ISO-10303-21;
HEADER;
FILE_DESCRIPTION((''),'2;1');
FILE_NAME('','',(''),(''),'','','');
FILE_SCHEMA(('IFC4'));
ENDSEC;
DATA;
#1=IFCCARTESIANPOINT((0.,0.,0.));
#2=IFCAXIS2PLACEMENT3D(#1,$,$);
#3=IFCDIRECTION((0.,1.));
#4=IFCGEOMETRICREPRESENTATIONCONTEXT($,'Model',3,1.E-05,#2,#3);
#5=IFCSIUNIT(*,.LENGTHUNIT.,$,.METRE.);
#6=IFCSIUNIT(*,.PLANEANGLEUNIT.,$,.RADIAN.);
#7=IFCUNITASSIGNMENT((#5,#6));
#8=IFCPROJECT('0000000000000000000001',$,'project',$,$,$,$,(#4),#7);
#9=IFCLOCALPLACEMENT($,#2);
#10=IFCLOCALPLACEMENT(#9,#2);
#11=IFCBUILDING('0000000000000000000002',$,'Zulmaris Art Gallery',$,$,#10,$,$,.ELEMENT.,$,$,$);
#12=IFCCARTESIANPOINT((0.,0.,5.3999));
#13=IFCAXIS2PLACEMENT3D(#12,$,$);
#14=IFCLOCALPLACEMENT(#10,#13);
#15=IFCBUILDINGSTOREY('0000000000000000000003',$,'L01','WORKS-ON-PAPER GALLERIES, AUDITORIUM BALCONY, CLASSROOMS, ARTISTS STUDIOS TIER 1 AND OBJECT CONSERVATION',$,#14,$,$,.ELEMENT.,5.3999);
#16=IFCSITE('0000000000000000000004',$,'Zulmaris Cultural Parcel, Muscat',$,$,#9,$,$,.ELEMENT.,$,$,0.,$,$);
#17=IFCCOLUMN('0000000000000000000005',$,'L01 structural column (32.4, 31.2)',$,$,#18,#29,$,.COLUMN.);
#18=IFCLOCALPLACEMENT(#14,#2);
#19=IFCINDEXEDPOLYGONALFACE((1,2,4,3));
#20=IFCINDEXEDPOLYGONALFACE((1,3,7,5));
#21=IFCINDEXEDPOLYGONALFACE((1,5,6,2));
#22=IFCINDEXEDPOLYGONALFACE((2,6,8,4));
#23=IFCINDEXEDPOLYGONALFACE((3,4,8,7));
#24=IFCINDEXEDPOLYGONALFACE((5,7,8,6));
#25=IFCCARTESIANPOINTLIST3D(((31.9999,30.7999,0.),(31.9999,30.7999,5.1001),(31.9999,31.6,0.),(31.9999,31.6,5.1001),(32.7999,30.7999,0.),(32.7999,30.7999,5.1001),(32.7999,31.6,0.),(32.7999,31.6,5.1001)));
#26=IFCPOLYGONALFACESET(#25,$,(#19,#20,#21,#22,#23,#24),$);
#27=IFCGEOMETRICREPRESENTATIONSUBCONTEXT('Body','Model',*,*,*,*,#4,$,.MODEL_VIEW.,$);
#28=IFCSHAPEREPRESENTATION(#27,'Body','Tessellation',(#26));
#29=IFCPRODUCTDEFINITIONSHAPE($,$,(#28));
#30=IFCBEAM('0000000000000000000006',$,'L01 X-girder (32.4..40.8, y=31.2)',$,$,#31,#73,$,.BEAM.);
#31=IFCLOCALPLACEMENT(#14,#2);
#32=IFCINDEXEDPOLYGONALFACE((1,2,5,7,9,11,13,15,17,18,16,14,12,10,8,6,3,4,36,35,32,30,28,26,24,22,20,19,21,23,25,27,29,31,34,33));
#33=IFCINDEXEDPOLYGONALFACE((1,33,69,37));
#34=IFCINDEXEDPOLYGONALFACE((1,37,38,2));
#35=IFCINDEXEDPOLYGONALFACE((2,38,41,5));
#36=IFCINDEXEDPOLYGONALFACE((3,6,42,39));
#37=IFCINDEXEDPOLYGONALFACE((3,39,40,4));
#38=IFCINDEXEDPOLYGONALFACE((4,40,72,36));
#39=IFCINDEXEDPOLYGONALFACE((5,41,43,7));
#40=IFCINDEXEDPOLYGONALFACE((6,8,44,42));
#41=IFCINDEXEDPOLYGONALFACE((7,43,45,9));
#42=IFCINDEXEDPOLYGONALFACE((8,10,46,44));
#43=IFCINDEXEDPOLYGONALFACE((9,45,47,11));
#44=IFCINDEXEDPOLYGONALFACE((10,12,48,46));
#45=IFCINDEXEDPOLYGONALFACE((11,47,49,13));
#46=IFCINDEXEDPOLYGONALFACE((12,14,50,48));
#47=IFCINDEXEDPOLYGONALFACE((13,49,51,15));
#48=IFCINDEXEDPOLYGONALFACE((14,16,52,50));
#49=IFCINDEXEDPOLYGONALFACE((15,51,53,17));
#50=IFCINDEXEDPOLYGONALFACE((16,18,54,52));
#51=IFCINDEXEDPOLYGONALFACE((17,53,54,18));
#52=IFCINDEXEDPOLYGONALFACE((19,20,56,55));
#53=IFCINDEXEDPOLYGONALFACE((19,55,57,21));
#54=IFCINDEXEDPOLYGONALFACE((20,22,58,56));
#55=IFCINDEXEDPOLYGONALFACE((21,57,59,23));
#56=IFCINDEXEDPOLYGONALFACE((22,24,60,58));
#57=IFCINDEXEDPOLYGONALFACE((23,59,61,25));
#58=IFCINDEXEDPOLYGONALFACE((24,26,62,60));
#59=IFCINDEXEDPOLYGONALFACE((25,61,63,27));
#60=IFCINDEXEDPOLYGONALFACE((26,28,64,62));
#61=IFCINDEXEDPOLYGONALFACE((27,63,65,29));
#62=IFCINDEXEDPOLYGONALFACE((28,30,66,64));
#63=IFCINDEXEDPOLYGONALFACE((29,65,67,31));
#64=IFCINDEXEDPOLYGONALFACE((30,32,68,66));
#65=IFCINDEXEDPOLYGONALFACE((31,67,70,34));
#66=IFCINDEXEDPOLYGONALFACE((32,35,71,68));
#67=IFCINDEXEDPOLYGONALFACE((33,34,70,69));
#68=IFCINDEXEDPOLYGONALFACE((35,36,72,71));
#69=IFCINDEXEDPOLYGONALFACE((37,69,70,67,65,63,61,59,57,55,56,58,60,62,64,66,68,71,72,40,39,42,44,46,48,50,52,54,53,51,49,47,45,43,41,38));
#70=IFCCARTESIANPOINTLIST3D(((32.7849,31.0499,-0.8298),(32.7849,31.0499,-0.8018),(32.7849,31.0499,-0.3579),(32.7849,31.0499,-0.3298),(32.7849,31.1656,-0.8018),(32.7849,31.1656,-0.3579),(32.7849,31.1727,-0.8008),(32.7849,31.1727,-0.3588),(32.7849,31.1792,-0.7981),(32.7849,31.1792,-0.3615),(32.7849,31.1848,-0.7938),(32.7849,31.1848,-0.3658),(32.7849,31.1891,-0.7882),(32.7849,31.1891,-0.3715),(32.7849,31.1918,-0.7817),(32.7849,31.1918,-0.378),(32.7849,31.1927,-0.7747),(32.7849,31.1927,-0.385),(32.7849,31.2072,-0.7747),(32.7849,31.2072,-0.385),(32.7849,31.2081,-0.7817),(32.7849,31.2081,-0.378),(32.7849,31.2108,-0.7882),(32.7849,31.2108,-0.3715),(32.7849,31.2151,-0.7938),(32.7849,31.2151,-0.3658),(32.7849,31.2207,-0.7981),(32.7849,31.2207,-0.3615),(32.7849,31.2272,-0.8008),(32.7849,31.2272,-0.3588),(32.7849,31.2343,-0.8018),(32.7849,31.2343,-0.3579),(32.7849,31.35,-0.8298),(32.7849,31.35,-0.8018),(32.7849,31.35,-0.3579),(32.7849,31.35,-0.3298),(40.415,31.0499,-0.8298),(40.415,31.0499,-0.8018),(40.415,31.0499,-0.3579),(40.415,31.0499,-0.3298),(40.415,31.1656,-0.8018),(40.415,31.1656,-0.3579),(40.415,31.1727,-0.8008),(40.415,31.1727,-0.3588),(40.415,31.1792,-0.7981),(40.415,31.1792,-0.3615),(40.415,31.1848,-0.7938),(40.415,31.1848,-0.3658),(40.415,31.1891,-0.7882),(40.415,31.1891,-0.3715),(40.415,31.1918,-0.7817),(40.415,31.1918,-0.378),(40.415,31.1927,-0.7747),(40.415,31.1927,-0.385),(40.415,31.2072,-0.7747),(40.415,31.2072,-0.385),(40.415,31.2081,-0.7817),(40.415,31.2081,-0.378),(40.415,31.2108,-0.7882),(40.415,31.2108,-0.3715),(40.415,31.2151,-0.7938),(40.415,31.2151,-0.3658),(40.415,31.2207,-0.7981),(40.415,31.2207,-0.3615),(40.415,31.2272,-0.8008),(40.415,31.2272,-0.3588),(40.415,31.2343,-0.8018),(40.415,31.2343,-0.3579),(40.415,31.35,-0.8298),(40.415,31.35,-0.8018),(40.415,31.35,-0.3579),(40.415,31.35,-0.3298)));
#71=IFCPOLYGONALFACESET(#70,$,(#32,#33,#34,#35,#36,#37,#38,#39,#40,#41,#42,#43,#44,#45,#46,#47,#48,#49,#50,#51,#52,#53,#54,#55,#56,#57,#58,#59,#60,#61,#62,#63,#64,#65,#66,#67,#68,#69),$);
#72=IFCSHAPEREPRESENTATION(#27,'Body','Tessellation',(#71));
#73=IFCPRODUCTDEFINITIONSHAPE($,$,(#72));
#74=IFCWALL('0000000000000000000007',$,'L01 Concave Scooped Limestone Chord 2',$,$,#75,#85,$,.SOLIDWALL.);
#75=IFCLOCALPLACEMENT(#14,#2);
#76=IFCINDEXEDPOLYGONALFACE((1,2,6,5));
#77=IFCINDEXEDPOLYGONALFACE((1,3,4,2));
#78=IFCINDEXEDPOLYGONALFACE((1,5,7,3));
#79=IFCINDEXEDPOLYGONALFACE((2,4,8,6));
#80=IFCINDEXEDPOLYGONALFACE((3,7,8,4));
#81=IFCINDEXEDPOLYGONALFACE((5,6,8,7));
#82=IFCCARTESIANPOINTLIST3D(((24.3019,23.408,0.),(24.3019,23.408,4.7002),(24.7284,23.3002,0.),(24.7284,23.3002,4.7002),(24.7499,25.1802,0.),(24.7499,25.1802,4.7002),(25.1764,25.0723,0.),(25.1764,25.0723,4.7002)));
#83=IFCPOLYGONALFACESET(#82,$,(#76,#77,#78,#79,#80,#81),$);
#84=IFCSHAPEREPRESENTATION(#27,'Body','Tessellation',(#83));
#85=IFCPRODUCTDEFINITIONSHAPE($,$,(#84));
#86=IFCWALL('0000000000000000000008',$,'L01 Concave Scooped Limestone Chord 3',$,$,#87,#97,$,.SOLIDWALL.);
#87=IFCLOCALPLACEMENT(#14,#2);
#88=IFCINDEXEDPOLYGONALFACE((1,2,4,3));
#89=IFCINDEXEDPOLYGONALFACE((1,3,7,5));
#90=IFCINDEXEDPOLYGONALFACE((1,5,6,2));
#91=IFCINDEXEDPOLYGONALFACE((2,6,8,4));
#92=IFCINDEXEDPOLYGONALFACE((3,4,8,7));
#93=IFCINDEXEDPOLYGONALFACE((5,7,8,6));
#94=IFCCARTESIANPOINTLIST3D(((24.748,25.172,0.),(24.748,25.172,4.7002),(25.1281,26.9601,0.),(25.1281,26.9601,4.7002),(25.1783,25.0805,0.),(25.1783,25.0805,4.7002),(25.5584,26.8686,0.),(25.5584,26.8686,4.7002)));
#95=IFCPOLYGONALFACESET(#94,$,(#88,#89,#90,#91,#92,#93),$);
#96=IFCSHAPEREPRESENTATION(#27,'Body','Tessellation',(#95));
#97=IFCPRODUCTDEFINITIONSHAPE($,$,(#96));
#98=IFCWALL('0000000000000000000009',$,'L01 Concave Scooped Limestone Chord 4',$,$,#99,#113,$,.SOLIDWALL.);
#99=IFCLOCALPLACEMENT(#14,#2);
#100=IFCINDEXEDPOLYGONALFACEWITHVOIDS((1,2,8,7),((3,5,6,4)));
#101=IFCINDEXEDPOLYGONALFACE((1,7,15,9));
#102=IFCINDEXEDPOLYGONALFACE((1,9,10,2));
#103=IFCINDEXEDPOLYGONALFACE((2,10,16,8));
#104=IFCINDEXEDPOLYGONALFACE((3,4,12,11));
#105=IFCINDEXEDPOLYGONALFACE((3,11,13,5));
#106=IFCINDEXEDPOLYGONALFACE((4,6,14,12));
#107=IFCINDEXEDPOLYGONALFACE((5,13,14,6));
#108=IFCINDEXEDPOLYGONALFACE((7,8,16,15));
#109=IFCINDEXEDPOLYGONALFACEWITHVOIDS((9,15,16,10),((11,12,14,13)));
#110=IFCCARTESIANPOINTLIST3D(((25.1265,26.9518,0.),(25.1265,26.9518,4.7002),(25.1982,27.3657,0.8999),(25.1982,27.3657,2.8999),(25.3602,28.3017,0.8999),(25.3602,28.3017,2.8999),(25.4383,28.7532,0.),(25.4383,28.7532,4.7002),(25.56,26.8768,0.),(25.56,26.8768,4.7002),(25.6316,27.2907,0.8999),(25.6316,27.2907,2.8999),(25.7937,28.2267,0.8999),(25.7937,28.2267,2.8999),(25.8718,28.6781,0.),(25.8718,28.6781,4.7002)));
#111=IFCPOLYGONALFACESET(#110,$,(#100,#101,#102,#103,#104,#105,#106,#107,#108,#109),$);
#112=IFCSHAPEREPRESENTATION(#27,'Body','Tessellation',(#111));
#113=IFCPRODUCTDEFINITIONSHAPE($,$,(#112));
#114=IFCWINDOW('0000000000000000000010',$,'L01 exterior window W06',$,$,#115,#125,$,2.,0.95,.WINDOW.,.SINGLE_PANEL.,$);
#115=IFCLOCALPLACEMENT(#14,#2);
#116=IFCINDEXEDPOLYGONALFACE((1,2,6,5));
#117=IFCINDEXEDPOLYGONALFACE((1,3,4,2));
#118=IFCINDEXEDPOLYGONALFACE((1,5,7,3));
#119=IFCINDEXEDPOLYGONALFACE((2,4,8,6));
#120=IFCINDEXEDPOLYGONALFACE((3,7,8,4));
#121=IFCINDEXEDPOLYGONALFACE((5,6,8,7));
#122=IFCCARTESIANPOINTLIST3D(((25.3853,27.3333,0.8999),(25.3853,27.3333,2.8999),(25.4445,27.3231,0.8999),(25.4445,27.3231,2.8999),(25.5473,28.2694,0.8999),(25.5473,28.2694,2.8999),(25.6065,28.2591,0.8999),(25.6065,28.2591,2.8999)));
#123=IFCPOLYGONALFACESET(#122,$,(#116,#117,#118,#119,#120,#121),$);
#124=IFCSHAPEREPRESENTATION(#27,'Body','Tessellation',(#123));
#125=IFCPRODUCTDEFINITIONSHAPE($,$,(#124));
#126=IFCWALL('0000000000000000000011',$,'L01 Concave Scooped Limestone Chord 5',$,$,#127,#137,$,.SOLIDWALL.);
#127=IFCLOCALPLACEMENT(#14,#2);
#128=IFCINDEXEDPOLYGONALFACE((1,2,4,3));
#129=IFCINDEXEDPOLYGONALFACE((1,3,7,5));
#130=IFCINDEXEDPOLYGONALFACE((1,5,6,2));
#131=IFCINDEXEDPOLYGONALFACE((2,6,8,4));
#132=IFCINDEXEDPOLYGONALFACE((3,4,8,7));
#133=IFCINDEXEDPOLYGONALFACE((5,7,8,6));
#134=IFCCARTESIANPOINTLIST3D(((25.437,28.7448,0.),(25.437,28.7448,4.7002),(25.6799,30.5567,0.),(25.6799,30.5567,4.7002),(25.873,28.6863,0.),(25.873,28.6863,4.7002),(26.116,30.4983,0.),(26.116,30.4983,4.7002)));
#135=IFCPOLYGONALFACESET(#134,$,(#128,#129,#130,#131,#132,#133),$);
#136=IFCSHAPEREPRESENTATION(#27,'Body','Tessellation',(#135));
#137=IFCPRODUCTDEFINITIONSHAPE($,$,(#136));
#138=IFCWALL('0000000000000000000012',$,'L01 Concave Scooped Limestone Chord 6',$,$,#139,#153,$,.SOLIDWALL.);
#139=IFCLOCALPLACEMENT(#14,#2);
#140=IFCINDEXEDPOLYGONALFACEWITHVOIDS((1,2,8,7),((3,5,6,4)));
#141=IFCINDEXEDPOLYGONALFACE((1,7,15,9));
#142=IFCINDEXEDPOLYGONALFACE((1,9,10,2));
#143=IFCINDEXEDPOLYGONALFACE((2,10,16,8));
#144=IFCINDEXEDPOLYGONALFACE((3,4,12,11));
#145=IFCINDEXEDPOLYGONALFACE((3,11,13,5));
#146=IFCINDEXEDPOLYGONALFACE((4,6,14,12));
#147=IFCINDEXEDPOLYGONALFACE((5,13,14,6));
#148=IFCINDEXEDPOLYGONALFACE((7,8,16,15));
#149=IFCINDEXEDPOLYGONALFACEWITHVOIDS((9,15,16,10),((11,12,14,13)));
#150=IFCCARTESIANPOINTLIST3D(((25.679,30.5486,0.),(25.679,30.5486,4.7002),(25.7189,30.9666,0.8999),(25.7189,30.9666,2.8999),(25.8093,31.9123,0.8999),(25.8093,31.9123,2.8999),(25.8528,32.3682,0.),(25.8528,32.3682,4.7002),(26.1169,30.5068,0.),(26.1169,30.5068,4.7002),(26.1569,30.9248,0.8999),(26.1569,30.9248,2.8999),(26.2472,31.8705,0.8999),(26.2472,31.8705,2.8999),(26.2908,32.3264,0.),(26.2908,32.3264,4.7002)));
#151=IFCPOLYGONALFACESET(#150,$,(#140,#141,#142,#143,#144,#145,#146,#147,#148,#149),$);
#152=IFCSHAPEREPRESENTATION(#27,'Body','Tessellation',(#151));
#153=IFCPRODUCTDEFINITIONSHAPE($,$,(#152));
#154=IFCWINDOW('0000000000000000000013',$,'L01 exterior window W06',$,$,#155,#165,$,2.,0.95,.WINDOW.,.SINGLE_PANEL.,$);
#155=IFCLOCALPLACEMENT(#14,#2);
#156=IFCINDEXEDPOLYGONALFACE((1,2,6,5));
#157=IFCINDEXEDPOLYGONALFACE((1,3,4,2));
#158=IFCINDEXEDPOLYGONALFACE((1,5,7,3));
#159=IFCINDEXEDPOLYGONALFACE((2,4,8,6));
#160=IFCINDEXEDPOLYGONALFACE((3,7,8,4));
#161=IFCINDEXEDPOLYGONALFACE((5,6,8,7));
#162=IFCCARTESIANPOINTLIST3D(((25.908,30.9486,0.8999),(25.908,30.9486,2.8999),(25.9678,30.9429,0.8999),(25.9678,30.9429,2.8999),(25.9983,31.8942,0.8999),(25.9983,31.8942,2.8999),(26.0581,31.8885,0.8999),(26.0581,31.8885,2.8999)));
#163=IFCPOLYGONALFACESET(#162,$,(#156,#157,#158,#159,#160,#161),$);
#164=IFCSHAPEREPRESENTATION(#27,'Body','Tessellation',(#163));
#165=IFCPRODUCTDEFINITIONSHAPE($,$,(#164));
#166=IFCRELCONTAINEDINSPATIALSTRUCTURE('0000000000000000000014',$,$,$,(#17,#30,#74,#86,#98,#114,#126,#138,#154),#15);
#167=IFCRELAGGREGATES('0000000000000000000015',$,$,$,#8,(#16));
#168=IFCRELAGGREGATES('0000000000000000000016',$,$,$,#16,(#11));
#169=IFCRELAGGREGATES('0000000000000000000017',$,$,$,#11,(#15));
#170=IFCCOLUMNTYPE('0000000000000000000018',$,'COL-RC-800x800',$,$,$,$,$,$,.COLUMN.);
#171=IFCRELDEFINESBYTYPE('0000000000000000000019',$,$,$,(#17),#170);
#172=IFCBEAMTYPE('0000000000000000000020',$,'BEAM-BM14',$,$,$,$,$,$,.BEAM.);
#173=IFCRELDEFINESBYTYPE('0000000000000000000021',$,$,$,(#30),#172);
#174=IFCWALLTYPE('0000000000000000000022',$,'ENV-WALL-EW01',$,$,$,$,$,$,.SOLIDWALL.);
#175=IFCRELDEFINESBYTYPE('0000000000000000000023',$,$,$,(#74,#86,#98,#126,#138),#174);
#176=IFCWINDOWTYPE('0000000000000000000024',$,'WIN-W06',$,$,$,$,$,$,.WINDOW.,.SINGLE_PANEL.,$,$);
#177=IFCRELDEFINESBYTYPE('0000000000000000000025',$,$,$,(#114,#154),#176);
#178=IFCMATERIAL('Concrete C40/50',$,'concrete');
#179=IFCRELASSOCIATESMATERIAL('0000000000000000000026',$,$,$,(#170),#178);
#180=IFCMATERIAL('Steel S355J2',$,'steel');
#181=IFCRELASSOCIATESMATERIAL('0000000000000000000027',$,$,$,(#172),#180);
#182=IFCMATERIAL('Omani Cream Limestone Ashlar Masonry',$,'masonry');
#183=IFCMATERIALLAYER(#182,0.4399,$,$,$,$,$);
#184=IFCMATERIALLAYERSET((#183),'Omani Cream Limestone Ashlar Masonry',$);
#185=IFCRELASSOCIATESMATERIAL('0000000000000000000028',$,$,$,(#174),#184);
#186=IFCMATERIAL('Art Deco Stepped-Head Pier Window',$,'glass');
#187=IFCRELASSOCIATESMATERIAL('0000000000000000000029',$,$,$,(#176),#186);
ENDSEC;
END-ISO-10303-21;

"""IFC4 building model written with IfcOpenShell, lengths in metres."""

from ifc_helpers import new_model, si_unit, direction, frame, frame_2d, origin, origin_2d, place, context, subcontext, project, spatial, rectangle, i_section, extrude, material, layer, layer_set, material_profile, profile_set, type_object, element, fill, save


model = new_model("IFC4")

# Units and contexts
model_context = context("Model", 3, precision=1e-05, world=origin(), true_north=direction((0.0, 1.0)))
body_context = subcontext(model_context, "Body", "Model", "MODEL_VIEW")
ifc_project = project(units=[si_unit("LENGTHUNIT", "METRE"), si_unit("PLANEANGLEUNIT", "RADIAN")], contexts=[model_context])

# Site, building, storey
site_placement = place(None, origin())
site = spatial("IfcSite", under=ifc_project, at=site_placement, Name="Zulmaris Cultural Parcel, Muscat", CompositionType="ELEMENT", RefElevation=0.0)
building_placement = place(site_placement, origin())
building = spatial("IfcBuilding", under=site, at=building_placement, Name="Zulmaris Art Gallery", CompositionType="ELEMENT")
storey_placement = place(building_placement, frame((0.0, 0.0, 5.3999)))
storey = spatial("IfcBuildingStorey", under=building, at=storey_placement, Name="L01", Description="WORKS-ON-PAPER GALLERIES, AUDITORIUM BALCONY, CLASSROOMS, ARTISTS STUDIOS TIER 1 AND OBJECT CONSERVATION", CompositionType="ELEMENT", Elevation=5.3999)

# Column
ifc_material_1 = material(Name="Concrete C40/50", Category="concrete")
ifc_material_profile_1 = material_profile(ifc_material_1, rectangle(XDim=0.8, YDim=0.8, at=origin_2d()), Name="RC 800x800")
ifc_profile_set_1 = profile_set([ifc_material_profile_1], Name="Concrete C40/50")
column_type = type_object("IfcColumnType", Name="COL-RC-800x800", PredefinedType="COLUMN", material=ifc_profile_set_1)
column_placement = place(storey_placement, frame((32.3999, 31.2, 0.0), z_axis=(0.0, 0.0, 1.0), x_axis=(1.0, 0.0, 0.0)))
element("IfcColumn", 1, at=column_placement, inside=storey, type_object=column_type, Name="L01 structural column (32.4, 31.2)", PredefinedType="COLUMN", context=body_context, shape_type="SweptSolid", body=[
    extrude(rectangle(XDim=0.8, YDim=0.8, at=origin_2d()), origin(), (0.0, 0.0, 1.0), 5.1001),
])

# Beam
ifc_material_2 = material(Name="Steel S355J2", Category="steel")
ifc_material_profile_2 = material_profile(ifc_material_2, i_section(OverallWidth=0.3, OverallDepth=0.5, WebThickness=0.0144, FlangeThickness=0.0281, FilletRadius=0.0271, at=origin_2d()), Name="HEB 500")
ifc_profile_set_2 = profile_set([ifc_material_profile_2], Name="Steel S355J2")
beam_type = type_object("IfcBeamType", Name="BEAM-BM14", PredefinedType="BEAM", material=ifc_profile_set_2)
beam_placement = place(storey_placement, frame((32.7849, 31.2, -0.5798), z_axis=(1.0, 0.0, 0.0), x_axis=(0.0, 1.0, 0.0)))
element("IfcBeam", 2, at=beam_placement, inside=storey, type_object=beam_type, Name="L01 X-girder (32.4..40.8, y=31.2)", PredefinedType="BEAM", context=body_context, shape_type="SweptSolid", body=[
    extrude(i_section(OverallWidth=0.3, OverallDepth=0.5, WebThickness=0.0144, FlangeThickness=0.0281, FilletRadius=0.0271, at=origin_2d()), origin(), (0.0, 0.0, 1.0), 7.6301),
])

# Walls
ifc_material_3 = material(Name="Omani Cream Limestone Ashlar Masonry", Category="masonry")
ifc_layer_1 = layer(ifc_material_3, 0.4399)
ifc_layer_set_1 = layer_set([ifc_layer_1], Name="Omani Cream Limestone Ashlar Masonry")
wall_type_1 = type_object("IfcWallType", Name="ENV-WALL-EW01", PredefinedType="SOLIDWALL", material=ifc_layer_set_1)
wall_1_placement = place(storey_placement, frame((24.5151, 23.354, 0.0), z_axis=(0.0, 0.0, 1.0), x_axis=(0.24508, 0.969503, 0.0)))
element("IfcWall", 3, at=wall_1_placement, inside=storey, type_object=wall_type_1, Name="L01 Concave Scooped Limestone Chord 2", PredefinedType="SOLIDWALL", context=body_context, shape_type="SweptSolid", body=[
    extrude(rectangle(XDim=1.8279, YDim=0.4399, at=frame_2d((0.9141, 0.0))), origin(), (0.0, 0.0, 1.0), 4.7002),
])
wall_2_placement = place(storey_placement, frame((24.9631, 25.1262, 0.0), z_axis=(0.0, 0.0, 1.0), x_axis=(0.207942, 0.978141, 0.0)))
element("IfcWall", 4, at=wall_2_placement, inside=storey, type_object=wall_type_1, Name="L01 Concave Scooped Limestone Chord 3", PredefinedType="SOLIDWALL", context=body_context, shape_type="SweptSolid", body=[
    extrude(rectangle(XDim=1.8281, YDim=0.4399, at=frame_2d((0.9141, 0.0))), origin(), (0.0, 0.0, 1.0), 4.7002),
])

# Wall, opening, window
wall_3_placement = place(storey_placement, frame((25.3433, 26.9143, 0.0), z_axis=(0.0, 0.0, 1.0), x_axis=(0.170546, 0.98535, 0.0)))
wall_3 = element("IfcWall", 5, at=wall_3_placement, inside=storey, type_object=wall_type_1, Name="L01 Concave Scooped Limestone Chord 4", PredefinedType="SOLIDWALL", context=body_context, shape_type="SweptSolid", body=[
    extrude(rectangle(XDim=1.8281, YDim=0.4399, at=frame_2d((0.9141, 0.0))), origin(), (0.0, 0.0, 1.0), 4.7002),
])
opening_1_placement = place(wall_3_placement, frame((0.4199, 0.0, 0.8999)))
opening_1 = element("IfcOpeningElement", 6, at=opening_1_placement, cuts=wall_3, PredefinedType="OPENING", context=body_context, shape_type="SweptSolid", body=[
    extrude(rectangle(XDim=0.95, YDim=2.0, at=frame_2d((0.4751, 1.0))), frame((0.0, 0.23, 0.0), z_axis=(0.0, -1.0, 0.0), x_axis=(1.0, 0.0, 0.0)), (0.0, 0.0, 1.0), 0.46),
])
ifc_material_4 = material(Name="Art Deco Stepped-Head Pier Window", Category="glass")
window_type = type_object("IfcWindowType", Name="WIN-W06", PartitioningType="SINGLE_PANEL", PredefinedType="WINDOW", material=ifc_material_4)
window_1_placement = place(opening_1_placement, origin())
window_1 = element("IfcWindow", 7, at=window_1_placement, inside=storey, type_object=window_type, Name="L01 exterior window W06", OverallHeight=2.0, OverallWidth=0.95, PartitioningType="SINGLE_PANEL", PredefinedType="WINDOW", context=body_context, shape_type="SweptSolid", body=[
    extrude(rectangle(XDim=0.95, YDim=2.0, at=frame_2d((0.4751, 1.0))), frame((0.0, 0.03, 0.0), z_axis=(0.0, -1.0, 0.0), x_axis=(1.0, 0.0, 0.0)), (0.0, 0.0, 1.0), 0.0601),
])
fill(opening_1, window_1)

# Wall
wall_4_placement = place(storey_placement, frame((25.655, 28.7156, 0.0), z_axis=(0.0, 0.0, 1.0), x_axis=(0.132872, 0.991133, 0.0)))
element("IfcWall", 8, at=wall_4_placement, inside=storey, type_object=wall_type_1, Name="L01 Concave Scooped Limestone Chord 5", PredefinedType="SOLIDWALL", context=body_context, shape_type="SweptSolid", body=[
    extrude(rectangle(XDim=1.8281, YDim=0.4399, at=frame_2d((0.9141, 0.0))), origin(), (0.0, 0.0, 1.0), 4.7002),
])

# Wall, opening, window
wall_5_placement = place(storey_placement, frame((25.8979, 30.5276, 0.0), z_axis=(0.0, 0.0, 1.0), x_axis=(0.095099, 0.995468, 0.0)))
wall_5 = element("IfcWall", 9, at=wall_5_placement, inside=storey, type_object=wall_type_1, Name="L01 Concave Scooped Limestone Chord 6", PredefinedType="SOLIDWALL", context=body_context, shape_type="SweptSolid", body=[
    extrude(rectangle(XDim=1.8279, YDim=0.4399, at=frame_2d((0.9141, 0.0))), origin(), (0.0, 0.0, 1.0), 4.7002),
])
opening_2_placement = place(wall_5_placement, frame((0.4199, 0.0, 0.8999)))
opening_2 = element("IfcOpeningElement", 10, at=opening_2_placement, cuts=wall_5, PredefinedType="OPENING", context=body_context, shape_type="SweptSolid", body=[
    extrude(rectangle(XDim=0.95, YDim=2.0, at=frame_2d((0.4751, 1.0))), frame((0.0, 0.23, 0.0), z_axis=(0.0, -1.0, 0.0), x_axis=(1.0, 0.0, 0.0)), (0.0, 0.0, 1.0), 0.46),
])
window_2_placement = place(opening_2_placement, origin())
window_2 = element("IfcWindow", 11, at=window_2_placement, inside=storey, type_object=window_type, Name="L01 exterior window W06", OverallHeight=2.0, OverallWidth=0.95, PartitioningType="SINGLE_PANEL", PredefinedType="WINDOW", context=body_context, shape_type="SweptSolid", body=[
    extrude(rectangle(XDim=0.95, YDim=2.0, at=frame_2d((0.4751, 1.0))), frame((0.0, 0.03, 0.0), z_axis=(0.0, -1.0, 0.0), x_axis=(1.0, 0.0, 0.0)), (0.0, 0.0, 1.0), 0.0601),
])
fill(opening_2, window_2)

save(model, "model.ifc")
